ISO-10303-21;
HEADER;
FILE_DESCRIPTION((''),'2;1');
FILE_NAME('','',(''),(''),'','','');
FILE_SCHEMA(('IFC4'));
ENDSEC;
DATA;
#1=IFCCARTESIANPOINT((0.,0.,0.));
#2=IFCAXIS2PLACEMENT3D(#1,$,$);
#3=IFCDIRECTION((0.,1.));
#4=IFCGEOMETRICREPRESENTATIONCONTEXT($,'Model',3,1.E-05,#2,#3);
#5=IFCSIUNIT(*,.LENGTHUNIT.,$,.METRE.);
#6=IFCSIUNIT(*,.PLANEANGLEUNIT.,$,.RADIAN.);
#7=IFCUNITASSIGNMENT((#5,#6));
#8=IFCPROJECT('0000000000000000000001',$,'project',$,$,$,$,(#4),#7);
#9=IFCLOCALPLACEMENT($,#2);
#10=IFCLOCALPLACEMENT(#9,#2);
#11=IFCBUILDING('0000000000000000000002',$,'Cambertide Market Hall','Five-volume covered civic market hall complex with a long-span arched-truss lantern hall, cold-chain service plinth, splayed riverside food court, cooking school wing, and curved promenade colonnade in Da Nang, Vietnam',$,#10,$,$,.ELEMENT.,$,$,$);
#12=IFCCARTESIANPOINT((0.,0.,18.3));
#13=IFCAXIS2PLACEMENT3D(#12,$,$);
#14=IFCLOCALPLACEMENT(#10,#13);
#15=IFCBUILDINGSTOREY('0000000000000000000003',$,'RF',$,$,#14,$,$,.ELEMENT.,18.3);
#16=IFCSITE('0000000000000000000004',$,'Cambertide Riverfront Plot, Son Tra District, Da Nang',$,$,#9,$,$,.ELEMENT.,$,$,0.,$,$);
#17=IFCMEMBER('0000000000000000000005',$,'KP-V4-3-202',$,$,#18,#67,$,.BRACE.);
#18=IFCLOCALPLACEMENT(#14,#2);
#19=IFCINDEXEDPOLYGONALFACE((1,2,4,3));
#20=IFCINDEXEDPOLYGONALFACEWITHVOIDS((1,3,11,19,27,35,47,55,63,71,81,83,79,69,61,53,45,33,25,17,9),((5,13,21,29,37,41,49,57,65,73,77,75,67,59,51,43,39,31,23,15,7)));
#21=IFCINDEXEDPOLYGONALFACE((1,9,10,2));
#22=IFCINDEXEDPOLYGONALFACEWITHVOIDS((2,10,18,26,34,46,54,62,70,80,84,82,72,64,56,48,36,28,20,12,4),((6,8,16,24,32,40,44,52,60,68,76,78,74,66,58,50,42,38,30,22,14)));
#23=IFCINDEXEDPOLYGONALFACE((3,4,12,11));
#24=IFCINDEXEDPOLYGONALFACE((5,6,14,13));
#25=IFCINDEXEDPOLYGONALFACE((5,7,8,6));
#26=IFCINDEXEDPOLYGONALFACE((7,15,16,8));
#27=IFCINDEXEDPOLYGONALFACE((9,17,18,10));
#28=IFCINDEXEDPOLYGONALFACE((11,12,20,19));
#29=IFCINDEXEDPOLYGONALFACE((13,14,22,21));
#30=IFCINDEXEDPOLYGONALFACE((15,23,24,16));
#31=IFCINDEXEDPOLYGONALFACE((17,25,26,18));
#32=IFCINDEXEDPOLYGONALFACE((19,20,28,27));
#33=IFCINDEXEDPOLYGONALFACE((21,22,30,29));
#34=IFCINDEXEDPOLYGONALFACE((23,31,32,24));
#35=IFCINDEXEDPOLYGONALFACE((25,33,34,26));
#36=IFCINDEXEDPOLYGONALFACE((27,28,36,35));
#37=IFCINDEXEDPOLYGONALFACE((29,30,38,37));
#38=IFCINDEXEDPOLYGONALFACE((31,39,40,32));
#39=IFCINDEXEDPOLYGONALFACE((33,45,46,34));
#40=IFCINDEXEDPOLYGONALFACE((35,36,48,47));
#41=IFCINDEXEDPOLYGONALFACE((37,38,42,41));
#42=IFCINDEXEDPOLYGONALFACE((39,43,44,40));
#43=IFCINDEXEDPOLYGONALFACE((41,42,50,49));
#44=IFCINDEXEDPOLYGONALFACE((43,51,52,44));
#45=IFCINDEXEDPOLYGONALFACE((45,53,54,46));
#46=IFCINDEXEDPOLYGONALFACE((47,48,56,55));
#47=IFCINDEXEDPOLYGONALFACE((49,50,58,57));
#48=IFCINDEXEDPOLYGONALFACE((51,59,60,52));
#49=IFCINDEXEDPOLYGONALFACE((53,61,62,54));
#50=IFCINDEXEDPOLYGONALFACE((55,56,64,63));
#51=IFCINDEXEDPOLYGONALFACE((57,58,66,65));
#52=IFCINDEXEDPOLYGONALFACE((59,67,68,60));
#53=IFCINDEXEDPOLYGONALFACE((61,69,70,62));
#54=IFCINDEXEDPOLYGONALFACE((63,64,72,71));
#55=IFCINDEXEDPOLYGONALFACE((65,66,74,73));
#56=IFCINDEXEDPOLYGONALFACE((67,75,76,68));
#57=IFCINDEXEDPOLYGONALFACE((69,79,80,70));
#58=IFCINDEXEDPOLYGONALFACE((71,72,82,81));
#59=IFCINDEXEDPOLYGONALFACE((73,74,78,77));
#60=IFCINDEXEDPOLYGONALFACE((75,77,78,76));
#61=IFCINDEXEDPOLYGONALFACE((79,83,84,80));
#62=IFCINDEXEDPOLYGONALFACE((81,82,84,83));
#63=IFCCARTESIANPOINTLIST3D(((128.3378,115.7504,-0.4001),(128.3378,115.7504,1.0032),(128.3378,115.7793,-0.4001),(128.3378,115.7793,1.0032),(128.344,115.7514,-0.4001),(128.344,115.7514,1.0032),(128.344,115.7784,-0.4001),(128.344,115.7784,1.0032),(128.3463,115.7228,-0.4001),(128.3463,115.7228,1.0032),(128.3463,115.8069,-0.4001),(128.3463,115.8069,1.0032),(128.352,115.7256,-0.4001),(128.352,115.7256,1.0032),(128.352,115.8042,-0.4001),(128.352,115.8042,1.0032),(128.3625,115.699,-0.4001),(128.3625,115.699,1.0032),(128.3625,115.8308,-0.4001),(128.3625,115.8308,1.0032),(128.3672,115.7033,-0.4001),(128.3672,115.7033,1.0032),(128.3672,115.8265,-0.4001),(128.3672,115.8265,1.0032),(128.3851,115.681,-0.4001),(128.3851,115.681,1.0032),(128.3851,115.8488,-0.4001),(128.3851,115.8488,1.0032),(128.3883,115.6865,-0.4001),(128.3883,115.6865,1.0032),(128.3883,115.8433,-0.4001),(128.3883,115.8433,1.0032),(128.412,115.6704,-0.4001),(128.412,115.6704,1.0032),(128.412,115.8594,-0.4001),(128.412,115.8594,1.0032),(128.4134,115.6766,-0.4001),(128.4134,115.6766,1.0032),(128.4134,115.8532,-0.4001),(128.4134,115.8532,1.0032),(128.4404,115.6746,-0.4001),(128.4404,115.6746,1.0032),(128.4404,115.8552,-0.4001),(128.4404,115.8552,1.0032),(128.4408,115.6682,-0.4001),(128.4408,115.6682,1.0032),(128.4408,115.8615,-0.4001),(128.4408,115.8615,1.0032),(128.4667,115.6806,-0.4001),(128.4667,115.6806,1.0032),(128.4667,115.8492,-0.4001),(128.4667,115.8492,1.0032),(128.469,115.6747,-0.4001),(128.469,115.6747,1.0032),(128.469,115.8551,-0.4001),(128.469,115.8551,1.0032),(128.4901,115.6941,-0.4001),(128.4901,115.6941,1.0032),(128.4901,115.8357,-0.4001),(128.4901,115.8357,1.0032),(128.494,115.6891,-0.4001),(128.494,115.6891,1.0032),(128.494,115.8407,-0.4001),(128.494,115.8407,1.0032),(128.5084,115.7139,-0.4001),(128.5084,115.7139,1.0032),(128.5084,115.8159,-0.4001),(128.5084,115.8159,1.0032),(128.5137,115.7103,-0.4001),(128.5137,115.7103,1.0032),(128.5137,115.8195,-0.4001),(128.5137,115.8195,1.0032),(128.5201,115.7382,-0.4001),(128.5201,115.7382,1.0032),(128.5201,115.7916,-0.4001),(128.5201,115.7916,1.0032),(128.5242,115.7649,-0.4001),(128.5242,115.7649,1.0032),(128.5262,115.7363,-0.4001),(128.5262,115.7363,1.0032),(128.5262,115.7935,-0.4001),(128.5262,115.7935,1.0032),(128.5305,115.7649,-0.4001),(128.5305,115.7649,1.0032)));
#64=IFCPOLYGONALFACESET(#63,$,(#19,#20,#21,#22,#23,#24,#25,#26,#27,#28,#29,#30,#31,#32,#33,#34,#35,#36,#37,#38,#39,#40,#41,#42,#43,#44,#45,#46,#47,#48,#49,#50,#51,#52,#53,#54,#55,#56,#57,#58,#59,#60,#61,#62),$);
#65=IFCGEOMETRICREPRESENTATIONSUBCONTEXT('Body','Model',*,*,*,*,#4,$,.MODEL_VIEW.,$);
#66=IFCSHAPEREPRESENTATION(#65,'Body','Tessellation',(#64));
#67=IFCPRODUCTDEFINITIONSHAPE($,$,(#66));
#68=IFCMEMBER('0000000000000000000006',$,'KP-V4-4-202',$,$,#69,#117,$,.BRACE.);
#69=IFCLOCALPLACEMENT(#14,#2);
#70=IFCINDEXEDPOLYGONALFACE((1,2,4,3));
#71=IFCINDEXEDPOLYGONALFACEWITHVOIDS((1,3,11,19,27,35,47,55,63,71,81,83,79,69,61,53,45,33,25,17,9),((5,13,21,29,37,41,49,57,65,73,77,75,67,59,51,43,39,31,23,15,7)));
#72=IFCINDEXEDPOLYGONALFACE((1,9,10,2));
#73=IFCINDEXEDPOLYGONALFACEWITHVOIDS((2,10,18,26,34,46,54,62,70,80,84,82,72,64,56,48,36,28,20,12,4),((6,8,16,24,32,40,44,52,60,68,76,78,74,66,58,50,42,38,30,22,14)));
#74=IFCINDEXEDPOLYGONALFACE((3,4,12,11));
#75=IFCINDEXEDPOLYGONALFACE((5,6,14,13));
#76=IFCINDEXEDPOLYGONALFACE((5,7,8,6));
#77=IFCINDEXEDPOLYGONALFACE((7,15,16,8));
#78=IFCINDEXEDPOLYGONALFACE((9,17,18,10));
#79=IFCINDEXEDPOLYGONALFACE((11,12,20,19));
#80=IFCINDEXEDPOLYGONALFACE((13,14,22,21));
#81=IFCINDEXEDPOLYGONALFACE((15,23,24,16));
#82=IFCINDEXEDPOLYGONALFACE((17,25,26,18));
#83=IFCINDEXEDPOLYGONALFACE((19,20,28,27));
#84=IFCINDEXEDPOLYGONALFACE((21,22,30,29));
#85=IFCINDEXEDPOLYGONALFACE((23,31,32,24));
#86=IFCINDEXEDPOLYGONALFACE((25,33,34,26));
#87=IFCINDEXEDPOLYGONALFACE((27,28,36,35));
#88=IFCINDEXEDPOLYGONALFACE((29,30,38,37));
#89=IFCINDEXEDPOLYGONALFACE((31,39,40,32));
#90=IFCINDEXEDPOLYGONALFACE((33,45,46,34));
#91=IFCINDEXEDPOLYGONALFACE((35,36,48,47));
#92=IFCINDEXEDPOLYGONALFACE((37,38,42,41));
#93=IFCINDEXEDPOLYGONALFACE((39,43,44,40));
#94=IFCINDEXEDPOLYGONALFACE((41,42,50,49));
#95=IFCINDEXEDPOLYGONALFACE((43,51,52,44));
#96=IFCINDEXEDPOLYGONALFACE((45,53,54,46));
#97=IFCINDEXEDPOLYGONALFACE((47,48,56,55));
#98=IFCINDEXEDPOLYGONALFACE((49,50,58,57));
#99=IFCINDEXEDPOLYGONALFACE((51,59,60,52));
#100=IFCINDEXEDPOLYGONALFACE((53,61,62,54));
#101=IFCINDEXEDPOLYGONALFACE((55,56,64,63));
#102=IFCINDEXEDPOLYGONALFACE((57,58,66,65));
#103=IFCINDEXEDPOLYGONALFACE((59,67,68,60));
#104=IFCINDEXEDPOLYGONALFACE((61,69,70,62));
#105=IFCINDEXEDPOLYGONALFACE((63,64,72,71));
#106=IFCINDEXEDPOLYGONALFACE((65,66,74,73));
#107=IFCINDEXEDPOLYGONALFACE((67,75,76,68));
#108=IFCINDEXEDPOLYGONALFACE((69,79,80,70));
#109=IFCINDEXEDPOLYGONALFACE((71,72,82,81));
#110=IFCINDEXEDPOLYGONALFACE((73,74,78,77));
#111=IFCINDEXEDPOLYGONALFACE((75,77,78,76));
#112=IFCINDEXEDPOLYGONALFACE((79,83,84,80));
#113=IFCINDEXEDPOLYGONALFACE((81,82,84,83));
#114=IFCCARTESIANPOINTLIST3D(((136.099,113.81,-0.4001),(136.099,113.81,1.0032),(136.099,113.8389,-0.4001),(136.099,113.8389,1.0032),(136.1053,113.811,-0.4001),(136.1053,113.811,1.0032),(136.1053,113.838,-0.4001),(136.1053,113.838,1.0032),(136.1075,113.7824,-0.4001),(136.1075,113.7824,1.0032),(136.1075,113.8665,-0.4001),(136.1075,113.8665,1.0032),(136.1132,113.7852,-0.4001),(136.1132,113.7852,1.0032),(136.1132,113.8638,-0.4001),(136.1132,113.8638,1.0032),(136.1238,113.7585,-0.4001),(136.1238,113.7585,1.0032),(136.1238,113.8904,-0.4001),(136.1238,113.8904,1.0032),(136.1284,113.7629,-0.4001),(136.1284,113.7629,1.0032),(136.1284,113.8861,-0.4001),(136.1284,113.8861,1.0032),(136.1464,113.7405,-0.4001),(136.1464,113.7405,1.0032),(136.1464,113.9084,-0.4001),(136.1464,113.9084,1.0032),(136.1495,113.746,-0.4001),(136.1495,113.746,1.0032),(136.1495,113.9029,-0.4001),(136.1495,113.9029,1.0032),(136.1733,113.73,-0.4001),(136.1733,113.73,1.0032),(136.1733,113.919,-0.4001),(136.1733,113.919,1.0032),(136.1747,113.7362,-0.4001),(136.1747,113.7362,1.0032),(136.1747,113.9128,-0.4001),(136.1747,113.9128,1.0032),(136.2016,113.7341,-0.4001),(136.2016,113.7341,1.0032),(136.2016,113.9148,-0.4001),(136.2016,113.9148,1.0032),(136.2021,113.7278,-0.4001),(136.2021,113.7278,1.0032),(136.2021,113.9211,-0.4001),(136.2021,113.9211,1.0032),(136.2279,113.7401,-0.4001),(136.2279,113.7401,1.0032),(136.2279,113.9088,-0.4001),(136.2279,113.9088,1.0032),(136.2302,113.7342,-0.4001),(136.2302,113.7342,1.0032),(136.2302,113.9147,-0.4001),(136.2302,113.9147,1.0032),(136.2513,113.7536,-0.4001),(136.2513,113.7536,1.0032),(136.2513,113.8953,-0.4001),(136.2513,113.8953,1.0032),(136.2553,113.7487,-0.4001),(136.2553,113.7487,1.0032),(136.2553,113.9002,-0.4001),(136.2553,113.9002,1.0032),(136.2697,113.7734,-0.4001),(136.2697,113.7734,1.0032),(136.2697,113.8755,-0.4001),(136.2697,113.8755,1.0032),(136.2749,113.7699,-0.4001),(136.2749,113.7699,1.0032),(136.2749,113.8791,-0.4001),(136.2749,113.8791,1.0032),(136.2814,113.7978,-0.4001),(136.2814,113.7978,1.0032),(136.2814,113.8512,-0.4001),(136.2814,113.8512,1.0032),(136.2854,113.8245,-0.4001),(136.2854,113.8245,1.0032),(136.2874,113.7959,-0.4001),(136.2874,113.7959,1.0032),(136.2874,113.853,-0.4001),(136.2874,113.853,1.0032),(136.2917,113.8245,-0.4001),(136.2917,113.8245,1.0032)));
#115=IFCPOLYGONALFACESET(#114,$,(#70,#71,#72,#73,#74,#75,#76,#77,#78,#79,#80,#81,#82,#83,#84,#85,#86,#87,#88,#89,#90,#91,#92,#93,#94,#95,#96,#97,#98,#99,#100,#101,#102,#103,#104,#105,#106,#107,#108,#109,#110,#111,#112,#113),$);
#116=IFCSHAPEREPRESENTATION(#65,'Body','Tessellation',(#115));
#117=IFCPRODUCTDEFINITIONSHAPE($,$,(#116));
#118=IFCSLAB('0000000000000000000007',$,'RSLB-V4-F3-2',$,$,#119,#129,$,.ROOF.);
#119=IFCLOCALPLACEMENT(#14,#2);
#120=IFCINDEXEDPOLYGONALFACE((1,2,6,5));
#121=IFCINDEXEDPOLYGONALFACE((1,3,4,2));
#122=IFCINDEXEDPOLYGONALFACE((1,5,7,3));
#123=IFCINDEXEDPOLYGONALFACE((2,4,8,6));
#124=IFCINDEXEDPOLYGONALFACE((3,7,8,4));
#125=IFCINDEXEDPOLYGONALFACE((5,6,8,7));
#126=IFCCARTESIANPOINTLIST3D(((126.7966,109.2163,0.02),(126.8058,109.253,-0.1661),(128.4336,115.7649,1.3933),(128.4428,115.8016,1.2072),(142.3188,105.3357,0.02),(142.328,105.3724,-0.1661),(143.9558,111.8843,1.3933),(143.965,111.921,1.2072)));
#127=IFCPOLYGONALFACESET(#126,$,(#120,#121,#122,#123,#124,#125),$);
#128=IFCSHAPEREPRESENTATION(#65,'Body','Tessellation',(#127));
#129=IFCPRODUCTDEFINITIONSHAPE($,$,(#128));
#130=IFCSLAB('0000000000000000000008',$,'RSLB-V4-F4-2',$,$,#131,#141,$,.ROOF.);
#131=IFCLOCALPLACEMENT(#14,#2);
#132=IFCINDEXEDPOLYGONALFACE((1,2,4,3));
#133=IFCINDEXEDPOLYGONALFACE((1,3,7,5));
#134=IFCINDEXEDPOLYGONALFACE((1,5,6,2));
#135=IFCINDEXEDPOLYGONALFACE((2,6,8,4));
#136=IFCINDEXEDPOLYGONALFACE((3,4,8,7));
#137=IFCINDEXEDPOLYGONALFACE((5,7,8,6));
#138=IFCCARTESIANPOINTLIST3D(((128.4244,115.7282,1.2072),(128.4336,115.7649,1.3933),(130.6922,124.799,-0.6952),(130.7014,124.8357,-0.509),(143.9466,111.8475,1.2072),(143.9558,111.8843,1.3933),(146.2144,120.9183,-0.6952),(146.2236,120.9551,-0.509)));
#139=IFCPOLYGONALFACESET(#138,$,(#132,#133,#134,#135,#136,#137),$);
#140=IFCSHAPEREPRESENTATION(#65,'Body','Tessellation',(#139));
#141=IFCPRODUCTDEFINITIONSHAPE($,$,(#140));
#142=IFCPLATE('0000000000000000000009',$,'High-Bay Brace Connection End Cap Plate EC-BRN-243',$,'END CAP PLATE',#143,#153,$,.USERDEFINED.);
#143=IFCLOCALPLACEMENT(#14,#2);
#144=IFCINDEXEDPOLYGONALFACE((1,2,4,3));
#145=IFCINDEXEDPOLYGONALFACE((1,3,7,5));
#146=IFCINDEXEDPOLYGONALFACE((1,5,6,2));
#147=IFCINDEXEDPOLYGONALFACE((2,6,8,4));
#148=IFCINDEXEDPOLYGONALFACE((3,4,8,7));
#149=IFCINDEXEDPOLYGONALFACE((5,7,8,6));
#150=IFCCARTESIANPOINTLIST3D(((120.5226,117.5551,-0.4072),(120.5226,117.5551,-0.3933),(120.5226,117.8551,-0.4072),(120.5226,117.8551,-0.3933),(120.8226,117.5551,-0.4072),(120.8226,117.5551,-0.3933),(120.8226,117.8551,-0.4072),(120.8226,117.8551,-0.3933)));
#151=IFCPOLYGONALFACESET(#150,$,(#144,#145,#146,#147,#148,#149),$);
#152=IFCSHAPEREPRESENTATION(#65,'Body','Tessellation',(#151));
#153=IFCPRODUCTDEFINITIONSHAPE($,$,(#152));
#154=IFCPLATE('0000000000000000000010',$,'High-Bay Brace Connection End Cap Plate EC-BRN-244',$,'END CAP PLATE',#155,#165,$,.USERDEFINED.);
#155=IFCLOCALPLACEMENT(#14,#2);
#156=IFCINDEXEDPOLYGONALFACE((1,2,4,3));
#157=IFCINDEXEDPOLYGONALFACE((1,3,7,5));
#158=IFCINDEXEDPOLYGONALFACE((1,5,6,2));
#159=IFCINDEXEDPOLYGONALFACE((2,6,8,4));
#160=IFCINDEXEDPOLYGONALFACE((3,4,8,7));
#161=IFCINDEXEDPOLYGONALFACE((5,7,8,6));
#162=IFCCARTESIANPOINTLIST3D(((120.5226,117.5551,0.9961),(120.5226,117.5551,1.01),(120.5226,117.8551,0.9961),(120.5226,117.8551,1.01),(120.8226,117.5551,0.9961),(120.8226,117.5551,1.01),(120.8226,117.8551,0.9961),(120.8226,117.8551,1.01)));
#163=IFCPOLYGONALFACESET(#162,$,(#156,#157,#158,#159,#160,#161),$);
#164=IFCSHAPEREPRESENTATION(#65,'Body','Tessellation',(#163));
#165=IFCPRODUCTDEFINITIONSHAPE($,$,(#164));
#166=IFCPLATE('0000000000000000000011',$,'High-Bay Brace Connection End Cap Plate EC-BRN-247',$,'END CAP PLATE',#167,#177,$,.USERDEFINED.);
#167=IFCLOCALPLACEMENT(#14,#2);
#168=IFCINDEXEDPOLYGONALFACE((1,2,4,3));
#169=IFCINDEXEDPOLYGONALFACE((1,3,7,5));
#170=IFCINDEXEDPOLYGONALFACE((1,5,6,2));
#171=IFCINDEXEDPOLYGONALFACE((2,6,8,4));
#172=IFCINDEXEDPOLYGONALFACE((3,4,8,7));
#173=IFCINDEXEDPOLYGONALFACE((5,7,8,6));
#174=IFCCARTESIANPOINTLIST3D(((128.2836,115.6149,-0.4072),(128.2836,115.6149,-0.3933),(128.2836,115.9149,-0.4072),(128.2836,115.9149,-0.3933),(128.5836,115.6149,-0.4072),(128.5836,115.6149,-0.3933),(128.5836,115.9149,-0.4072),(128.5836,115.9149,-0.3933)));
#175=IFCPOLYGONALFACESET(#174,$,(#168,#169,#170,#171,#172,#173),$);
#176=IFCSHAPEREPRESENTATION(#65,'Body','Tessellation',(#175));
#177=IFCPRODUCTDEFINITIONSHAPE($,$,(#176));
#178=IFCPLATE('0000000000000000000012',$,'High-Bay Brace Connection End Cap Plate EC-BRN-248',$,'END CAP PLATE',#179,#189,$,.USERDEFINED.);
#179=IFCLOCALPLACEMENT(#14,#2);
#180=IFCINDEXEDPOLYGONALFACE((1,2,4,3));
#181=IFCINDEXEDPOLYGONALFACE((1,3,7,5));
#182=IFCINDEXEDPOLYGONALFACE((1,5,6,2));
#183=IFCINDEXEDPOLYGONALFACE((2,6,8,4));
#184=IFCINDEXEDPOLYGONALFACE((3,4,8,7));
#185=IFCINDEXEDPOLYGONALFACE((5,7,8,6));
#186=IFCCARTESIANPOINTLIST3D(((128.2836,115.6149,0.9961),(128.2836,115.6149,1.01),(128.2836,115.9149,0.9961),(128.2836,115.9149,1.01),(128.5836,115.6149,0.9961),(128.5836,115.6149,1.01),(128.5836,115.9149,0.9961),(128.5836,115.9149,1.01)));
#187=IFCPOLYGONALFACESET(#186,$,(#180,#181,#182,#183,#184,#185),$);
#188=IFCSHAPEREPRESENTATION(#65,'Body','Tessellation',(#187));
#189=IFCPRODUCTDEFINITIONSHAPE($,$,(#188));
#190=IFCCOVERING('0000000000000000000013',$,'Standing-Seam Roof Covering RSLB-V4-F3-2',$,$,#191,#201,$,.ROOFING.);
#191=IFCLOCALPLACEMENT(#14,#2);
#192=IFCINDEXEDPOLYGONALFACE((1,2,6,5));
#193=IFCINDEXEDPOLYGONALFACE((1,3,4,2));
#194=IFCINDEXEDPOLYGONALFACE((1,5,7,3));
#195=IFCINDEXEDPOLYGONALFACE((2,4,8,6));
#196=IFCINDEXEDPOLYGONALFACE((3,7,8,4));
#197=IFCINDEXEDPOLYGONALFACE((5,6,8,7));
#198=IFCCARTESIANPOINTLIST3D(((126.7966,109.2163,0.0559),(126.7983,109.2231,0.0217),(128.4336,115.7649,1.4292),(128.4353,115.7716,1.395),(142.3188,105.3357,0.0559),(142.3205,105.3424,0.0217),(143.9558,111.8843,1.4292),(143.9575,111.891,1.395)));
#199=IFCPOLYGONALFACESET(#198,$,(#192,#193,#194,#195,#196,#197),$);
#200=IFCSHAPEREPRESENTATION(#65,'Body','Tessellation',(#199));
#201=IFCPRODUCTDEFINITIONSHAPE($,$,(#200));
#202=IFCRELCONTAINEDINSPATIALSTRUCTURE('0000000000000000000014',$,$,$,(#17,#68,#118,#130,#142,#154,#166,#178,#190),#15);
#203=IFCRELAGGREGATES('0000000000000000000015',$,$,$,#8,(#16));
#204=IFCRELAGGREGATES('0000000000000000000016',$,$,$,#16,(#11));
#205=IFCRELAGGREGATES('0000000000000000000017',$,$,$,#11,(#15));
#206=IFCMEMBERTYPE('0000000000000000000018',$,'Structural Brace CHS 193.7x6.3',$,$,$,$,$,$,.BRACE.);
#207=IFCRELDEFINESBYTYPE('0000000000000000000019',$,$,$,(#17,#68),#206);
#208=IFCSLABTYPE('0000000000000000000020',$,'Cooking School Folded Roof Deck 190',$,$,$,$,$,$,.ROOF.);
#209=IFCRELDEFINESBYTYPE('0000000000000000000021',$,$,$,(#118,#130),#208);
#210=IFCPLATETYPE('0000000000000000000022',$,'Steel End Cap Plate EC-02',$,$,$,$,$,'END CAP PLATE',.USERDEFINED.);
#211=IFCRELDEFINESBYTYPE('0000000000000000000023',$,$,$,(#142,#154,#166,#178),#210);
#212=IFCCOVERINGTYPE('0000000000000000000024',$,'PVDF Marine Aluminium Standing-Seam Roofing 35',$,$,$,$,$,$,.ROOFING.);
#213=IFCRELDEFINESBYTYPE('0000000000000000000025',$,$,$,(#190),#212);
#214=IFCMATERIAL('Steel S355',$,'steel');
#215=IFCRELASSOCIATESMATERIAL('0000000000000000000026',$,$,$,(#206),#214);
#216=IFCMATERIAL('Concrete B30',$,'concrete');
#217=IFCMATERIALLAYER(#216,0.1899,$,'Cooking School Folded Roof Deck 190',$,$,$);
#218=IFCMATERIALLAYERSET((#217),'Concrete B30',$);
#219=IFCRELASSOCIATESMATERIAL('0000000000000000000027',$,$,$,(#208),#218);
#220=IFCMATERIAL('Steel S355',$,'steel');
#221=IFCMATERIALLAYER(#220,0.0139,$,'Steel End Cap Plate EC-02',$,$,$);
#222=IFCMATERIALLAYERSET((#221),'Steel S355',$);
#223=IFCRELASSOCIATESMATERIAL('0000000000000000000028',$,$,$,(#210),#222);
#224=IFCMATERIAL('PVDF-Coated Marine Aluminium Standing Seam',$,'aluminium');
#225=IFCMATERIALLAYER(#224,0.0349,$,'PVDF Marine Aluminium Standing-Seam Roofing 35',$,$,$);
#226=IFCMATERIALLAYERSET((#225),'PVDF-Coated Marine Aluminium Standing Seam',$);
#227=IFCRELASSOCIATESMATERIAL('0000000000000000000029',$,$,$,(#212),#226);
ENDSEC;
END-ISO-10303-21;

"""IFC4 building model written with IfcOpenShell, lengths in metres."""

from ifc_helpers import new_model, si_unit, direction, frame, origin, origin_2d, place, context, subcontext, project, spatial, polyline, rectangle, hollow_circle, outline, extrude, material, layer, layer_set, material_profile, profile_set, type_object, element, save


model = new_model("IFC4")

# Units and contexts
model_context = context("Model", 3, precision=1e-05, world=origin(), true_north=direction((0.0, 1.0)))
body_context = subcontext(model_context, "Body", "Model", "MODEL_VIEW")
ifc_project = project(units=[si_unit("LENGTHUNIT", "METRE"), si_unit("PLANEANGLEUNIT", "RADIAN")], contexts=[model_context])

# Site, building, storey
site_placement = place(None, origin())
site = spatial("IfcSite", under=ifc_project, at=site_placement, Name="Cambertide Riverfront Plot, Son Tra District, Da Nang", CompositionType="ELEMENT", RefElevation=0.0)
building_placement = place(site_placement, origin())
building = spatial("IfcBuilding", under=site, at=building_placement, Name="Cambertide Market Hall", Description="Five-volume covered civic market hall complex with a long-span arched-truss lantern hall, cold-chain service plinth, splayed riverside food court, cooking school wing, and curved promenade colonnade in Da Nang, Vietnam", CompositionType="ELEMENT")
storey_placement = place(building_placement, frame((0.0, 0.0, 18.3)))
storey = spatial("IfcBuildingStorey", under=building, at=storey_placement, Name="RF", CompositionType="ELEMENT", Elevation=18.3)

# Members
ifc_material_1 = material(Name="Steel S355", Category="steel")
ifc_material_profile_1 = material_profile(ifc_material_1, hollow_circle(Radius=0.0969, WallThickness=0.0063, at=origin_2d()), Name="CHS 193.7x6.3")
ifc_profile_set_1 = profile_set([ifc_material_profile_1], Name="Steel S355")
member_type_1 = type_object("IfcMemberType", Name="Structural Brace CHS 193.7x6.3", PredefinedType="BRACE", material=ifc_profile_set_1)
for number, where, z_axis, x_axis, name in (
    (1, (128.4336, 115.7649, -0.4001), (0.0, 0.0, 1.0), (1.0, 0.0, 0.0), "KP-V4-3-202"),
    (2, (136.1948, 113.8245, -0.4001), (0.0, 0.0, 1.0), (1.0, 0.0, 0.0), "KP-V4-4-202"),
):
    element("IfcMember", number, at=place(storey_placement, frame(where, z_axis=z_axis, x_axis=x_axis)), inside=storey, type_object=member_type_1, Name=name, PredefinedType="BRACE", context=body_context, shape_type="SweptSolid", body=[
        extrude(hollow_circle(Radius=0.0969, WallThickness=0.0063, at=origin_2d()), origin(), (0.0, 0.0, 1.0), 1.4033),
    ])

# Slabs
ifc_material_2 = material(Name="Concrete B30", Category="concrete")
ifc_layer_1 = layer(ifc_material_2, 0.1899, Name="Cooking School Folded Roof Deck 190")
ifc_layer_set_1 = layer_set([ifc_layer_1], Name="Concrete B30")
slab_type = type_object("IfcSlabType", Name="Cooking School Folded Roof Deck 190", PredefinedType="ROOF", material=ifc_layer_set_1)
slab_1_placement = place(storey_placement, frame((126.7966, 109.2163, 0.02), z_axis=(-0.048354, -0.193411, 0.979926), x_axis=(0.970142, -0.242539, 0.0)))
element("IfcSlab", 3, at=slab_1_placement, inside=storey, type_object=slab_type, Name="RSLB-V4-F3-2", PredefinedType="ROOF", context=body_context, shape_type="SweptSolid", body=[
    extrude(outline(polyline([(0.0, 0.0), (15.9999, 0.0), (15.9997, 6.8884), (-0.0002, 6.8884), (0.0, 0.0)])), origin(), (0.0, 0.0, -1.0), 0.1899),
])
slab_2_placement = place(storey_placement, frame((128.4336, 115.7649, 1.3933), z_axis=(0.048356, 0.193422, 0.979923), x_axis=(0.970142, -0.242539, 0.0)))
element("IfcSlab", 4, at=slab_2_placement, inside=storey, type_object=slab_type, Name="RSLB-V4-F4-2", PredefinedType="ROOF", context=body_context, shape_type="SweptSolid", body=[
    extrude(outline(polyline([(0.0, 0.0), (15.9999, 0.0), (16.0, 9.5416), (0.0001, 9.5416), (0.0, 0.0)])), origin(), (0.0, 0.0, -1.0), 0.1899),
])

# Plates
ifc_material_3 = material(Name="Steel S355", Category="steel")
ifc_layer_2 = layer(ifc_material_3, 0.0139, Name="Steel End Cap Plate EC-02")
ifc_layer_set_2 = layer_set([ifc_layer_2], Name="Steel S355")
plate_type = type_object("IfcPlateType", Name="Steel End Cap Plate EC-02", ElementType="END CAP PLATE", PredefinedType="USERDEFINED", material=ifc_layer_set_2)
for number, where, z_axis, x_axis, name in (
    (5, (120.6726, 117.7051, -0.4072), (0.0, 0.0, 1.0), (1.0, 0.0, 0.0), "High-Bay Brace Connection End Cap Plate EC-BRN-243"),
    (6, (120.6726, 117.7051, 0.9961), (0.0, 0.0, 1.0), (1.0, 0.0, 0.0), "High-Bay Brace Connection End Cap Plate EC-BRN-244"),
    (7, (128.4336, 115.7649, -0.4072), (0.0, 0.0, 1.0), (1.0, 0.0, 0.0), "High-Bay Brace Connection End Cap Plate EC-BRN-247"),
    (8, (128.4336, 115.7649, 0.9961), (0.0, 0.0, 1.0), (1.0, 0.0, 0.0), "High-Bay Brace Connection End Cap Plate EC-BRN-248"),
):
    element("IfcPlate", number, at=place(storey_placement, frame(where, z_axis=z_axis, x_axis=x_axis)), inside=storey, type_object=plate_type, Name=name, ObjectType="END CAP PLATE", PredefinedType="USERDEFINED", context=body_context, shape_type="SweptSolid", body=[
        extrude(rectangle(XDim=0.3, YDim=0.3, at=origin_2d()), origin(), (0.0, 0.0, 1.0), 0.0139),
    ])

# Covering
ifc_material_4 = material(Name="PVDF-Coated Marine Aluminium Standing Seam", Category="aluminium")
ifc_layer_3 = layer(ifc_material_4, 0.0349, Name="PVDF Marine Aluminium Standing-Seam Roofing 35")
ifc_layer_set_3 = layer_set([ifc_layer_3], Name="PVDF-Coated Marine Aluminium Standing Seam")
covering_type = type_object("IfcCoveringType", Name="PVDF Marine Aluminium Standing-Seam Roofing 35", PredefinedType="ROOFING", material=ifc_layer_set_3)
covering_1_placement = place(storey_placement, frame((126.7966, 109.2163, 0.0559), z_axis=(-0.048354, -0.193411, 0.979926), x_axis=(0.970142, -0.242539, 0.0)))
element("IfcCovering", 9, at=covering_1_placement, inside=storey, type_object=covering_type, Name="Standing-Seam Roof Covering RSLB-V4-F3-2", PredefinedType="ROOFING", context=body_context, shape_type="SweptSolid", body=[
    extrude(outline(polyline([(0.0, 0.0), (15.9999, 0.0), (15.9997, 6.8884), (-0.0002, 6.8884), (0.0, 0.0)])), origin(), (0.0, 0.0, -1.0), 0.0349),
])

save(model, "model.ifc")
